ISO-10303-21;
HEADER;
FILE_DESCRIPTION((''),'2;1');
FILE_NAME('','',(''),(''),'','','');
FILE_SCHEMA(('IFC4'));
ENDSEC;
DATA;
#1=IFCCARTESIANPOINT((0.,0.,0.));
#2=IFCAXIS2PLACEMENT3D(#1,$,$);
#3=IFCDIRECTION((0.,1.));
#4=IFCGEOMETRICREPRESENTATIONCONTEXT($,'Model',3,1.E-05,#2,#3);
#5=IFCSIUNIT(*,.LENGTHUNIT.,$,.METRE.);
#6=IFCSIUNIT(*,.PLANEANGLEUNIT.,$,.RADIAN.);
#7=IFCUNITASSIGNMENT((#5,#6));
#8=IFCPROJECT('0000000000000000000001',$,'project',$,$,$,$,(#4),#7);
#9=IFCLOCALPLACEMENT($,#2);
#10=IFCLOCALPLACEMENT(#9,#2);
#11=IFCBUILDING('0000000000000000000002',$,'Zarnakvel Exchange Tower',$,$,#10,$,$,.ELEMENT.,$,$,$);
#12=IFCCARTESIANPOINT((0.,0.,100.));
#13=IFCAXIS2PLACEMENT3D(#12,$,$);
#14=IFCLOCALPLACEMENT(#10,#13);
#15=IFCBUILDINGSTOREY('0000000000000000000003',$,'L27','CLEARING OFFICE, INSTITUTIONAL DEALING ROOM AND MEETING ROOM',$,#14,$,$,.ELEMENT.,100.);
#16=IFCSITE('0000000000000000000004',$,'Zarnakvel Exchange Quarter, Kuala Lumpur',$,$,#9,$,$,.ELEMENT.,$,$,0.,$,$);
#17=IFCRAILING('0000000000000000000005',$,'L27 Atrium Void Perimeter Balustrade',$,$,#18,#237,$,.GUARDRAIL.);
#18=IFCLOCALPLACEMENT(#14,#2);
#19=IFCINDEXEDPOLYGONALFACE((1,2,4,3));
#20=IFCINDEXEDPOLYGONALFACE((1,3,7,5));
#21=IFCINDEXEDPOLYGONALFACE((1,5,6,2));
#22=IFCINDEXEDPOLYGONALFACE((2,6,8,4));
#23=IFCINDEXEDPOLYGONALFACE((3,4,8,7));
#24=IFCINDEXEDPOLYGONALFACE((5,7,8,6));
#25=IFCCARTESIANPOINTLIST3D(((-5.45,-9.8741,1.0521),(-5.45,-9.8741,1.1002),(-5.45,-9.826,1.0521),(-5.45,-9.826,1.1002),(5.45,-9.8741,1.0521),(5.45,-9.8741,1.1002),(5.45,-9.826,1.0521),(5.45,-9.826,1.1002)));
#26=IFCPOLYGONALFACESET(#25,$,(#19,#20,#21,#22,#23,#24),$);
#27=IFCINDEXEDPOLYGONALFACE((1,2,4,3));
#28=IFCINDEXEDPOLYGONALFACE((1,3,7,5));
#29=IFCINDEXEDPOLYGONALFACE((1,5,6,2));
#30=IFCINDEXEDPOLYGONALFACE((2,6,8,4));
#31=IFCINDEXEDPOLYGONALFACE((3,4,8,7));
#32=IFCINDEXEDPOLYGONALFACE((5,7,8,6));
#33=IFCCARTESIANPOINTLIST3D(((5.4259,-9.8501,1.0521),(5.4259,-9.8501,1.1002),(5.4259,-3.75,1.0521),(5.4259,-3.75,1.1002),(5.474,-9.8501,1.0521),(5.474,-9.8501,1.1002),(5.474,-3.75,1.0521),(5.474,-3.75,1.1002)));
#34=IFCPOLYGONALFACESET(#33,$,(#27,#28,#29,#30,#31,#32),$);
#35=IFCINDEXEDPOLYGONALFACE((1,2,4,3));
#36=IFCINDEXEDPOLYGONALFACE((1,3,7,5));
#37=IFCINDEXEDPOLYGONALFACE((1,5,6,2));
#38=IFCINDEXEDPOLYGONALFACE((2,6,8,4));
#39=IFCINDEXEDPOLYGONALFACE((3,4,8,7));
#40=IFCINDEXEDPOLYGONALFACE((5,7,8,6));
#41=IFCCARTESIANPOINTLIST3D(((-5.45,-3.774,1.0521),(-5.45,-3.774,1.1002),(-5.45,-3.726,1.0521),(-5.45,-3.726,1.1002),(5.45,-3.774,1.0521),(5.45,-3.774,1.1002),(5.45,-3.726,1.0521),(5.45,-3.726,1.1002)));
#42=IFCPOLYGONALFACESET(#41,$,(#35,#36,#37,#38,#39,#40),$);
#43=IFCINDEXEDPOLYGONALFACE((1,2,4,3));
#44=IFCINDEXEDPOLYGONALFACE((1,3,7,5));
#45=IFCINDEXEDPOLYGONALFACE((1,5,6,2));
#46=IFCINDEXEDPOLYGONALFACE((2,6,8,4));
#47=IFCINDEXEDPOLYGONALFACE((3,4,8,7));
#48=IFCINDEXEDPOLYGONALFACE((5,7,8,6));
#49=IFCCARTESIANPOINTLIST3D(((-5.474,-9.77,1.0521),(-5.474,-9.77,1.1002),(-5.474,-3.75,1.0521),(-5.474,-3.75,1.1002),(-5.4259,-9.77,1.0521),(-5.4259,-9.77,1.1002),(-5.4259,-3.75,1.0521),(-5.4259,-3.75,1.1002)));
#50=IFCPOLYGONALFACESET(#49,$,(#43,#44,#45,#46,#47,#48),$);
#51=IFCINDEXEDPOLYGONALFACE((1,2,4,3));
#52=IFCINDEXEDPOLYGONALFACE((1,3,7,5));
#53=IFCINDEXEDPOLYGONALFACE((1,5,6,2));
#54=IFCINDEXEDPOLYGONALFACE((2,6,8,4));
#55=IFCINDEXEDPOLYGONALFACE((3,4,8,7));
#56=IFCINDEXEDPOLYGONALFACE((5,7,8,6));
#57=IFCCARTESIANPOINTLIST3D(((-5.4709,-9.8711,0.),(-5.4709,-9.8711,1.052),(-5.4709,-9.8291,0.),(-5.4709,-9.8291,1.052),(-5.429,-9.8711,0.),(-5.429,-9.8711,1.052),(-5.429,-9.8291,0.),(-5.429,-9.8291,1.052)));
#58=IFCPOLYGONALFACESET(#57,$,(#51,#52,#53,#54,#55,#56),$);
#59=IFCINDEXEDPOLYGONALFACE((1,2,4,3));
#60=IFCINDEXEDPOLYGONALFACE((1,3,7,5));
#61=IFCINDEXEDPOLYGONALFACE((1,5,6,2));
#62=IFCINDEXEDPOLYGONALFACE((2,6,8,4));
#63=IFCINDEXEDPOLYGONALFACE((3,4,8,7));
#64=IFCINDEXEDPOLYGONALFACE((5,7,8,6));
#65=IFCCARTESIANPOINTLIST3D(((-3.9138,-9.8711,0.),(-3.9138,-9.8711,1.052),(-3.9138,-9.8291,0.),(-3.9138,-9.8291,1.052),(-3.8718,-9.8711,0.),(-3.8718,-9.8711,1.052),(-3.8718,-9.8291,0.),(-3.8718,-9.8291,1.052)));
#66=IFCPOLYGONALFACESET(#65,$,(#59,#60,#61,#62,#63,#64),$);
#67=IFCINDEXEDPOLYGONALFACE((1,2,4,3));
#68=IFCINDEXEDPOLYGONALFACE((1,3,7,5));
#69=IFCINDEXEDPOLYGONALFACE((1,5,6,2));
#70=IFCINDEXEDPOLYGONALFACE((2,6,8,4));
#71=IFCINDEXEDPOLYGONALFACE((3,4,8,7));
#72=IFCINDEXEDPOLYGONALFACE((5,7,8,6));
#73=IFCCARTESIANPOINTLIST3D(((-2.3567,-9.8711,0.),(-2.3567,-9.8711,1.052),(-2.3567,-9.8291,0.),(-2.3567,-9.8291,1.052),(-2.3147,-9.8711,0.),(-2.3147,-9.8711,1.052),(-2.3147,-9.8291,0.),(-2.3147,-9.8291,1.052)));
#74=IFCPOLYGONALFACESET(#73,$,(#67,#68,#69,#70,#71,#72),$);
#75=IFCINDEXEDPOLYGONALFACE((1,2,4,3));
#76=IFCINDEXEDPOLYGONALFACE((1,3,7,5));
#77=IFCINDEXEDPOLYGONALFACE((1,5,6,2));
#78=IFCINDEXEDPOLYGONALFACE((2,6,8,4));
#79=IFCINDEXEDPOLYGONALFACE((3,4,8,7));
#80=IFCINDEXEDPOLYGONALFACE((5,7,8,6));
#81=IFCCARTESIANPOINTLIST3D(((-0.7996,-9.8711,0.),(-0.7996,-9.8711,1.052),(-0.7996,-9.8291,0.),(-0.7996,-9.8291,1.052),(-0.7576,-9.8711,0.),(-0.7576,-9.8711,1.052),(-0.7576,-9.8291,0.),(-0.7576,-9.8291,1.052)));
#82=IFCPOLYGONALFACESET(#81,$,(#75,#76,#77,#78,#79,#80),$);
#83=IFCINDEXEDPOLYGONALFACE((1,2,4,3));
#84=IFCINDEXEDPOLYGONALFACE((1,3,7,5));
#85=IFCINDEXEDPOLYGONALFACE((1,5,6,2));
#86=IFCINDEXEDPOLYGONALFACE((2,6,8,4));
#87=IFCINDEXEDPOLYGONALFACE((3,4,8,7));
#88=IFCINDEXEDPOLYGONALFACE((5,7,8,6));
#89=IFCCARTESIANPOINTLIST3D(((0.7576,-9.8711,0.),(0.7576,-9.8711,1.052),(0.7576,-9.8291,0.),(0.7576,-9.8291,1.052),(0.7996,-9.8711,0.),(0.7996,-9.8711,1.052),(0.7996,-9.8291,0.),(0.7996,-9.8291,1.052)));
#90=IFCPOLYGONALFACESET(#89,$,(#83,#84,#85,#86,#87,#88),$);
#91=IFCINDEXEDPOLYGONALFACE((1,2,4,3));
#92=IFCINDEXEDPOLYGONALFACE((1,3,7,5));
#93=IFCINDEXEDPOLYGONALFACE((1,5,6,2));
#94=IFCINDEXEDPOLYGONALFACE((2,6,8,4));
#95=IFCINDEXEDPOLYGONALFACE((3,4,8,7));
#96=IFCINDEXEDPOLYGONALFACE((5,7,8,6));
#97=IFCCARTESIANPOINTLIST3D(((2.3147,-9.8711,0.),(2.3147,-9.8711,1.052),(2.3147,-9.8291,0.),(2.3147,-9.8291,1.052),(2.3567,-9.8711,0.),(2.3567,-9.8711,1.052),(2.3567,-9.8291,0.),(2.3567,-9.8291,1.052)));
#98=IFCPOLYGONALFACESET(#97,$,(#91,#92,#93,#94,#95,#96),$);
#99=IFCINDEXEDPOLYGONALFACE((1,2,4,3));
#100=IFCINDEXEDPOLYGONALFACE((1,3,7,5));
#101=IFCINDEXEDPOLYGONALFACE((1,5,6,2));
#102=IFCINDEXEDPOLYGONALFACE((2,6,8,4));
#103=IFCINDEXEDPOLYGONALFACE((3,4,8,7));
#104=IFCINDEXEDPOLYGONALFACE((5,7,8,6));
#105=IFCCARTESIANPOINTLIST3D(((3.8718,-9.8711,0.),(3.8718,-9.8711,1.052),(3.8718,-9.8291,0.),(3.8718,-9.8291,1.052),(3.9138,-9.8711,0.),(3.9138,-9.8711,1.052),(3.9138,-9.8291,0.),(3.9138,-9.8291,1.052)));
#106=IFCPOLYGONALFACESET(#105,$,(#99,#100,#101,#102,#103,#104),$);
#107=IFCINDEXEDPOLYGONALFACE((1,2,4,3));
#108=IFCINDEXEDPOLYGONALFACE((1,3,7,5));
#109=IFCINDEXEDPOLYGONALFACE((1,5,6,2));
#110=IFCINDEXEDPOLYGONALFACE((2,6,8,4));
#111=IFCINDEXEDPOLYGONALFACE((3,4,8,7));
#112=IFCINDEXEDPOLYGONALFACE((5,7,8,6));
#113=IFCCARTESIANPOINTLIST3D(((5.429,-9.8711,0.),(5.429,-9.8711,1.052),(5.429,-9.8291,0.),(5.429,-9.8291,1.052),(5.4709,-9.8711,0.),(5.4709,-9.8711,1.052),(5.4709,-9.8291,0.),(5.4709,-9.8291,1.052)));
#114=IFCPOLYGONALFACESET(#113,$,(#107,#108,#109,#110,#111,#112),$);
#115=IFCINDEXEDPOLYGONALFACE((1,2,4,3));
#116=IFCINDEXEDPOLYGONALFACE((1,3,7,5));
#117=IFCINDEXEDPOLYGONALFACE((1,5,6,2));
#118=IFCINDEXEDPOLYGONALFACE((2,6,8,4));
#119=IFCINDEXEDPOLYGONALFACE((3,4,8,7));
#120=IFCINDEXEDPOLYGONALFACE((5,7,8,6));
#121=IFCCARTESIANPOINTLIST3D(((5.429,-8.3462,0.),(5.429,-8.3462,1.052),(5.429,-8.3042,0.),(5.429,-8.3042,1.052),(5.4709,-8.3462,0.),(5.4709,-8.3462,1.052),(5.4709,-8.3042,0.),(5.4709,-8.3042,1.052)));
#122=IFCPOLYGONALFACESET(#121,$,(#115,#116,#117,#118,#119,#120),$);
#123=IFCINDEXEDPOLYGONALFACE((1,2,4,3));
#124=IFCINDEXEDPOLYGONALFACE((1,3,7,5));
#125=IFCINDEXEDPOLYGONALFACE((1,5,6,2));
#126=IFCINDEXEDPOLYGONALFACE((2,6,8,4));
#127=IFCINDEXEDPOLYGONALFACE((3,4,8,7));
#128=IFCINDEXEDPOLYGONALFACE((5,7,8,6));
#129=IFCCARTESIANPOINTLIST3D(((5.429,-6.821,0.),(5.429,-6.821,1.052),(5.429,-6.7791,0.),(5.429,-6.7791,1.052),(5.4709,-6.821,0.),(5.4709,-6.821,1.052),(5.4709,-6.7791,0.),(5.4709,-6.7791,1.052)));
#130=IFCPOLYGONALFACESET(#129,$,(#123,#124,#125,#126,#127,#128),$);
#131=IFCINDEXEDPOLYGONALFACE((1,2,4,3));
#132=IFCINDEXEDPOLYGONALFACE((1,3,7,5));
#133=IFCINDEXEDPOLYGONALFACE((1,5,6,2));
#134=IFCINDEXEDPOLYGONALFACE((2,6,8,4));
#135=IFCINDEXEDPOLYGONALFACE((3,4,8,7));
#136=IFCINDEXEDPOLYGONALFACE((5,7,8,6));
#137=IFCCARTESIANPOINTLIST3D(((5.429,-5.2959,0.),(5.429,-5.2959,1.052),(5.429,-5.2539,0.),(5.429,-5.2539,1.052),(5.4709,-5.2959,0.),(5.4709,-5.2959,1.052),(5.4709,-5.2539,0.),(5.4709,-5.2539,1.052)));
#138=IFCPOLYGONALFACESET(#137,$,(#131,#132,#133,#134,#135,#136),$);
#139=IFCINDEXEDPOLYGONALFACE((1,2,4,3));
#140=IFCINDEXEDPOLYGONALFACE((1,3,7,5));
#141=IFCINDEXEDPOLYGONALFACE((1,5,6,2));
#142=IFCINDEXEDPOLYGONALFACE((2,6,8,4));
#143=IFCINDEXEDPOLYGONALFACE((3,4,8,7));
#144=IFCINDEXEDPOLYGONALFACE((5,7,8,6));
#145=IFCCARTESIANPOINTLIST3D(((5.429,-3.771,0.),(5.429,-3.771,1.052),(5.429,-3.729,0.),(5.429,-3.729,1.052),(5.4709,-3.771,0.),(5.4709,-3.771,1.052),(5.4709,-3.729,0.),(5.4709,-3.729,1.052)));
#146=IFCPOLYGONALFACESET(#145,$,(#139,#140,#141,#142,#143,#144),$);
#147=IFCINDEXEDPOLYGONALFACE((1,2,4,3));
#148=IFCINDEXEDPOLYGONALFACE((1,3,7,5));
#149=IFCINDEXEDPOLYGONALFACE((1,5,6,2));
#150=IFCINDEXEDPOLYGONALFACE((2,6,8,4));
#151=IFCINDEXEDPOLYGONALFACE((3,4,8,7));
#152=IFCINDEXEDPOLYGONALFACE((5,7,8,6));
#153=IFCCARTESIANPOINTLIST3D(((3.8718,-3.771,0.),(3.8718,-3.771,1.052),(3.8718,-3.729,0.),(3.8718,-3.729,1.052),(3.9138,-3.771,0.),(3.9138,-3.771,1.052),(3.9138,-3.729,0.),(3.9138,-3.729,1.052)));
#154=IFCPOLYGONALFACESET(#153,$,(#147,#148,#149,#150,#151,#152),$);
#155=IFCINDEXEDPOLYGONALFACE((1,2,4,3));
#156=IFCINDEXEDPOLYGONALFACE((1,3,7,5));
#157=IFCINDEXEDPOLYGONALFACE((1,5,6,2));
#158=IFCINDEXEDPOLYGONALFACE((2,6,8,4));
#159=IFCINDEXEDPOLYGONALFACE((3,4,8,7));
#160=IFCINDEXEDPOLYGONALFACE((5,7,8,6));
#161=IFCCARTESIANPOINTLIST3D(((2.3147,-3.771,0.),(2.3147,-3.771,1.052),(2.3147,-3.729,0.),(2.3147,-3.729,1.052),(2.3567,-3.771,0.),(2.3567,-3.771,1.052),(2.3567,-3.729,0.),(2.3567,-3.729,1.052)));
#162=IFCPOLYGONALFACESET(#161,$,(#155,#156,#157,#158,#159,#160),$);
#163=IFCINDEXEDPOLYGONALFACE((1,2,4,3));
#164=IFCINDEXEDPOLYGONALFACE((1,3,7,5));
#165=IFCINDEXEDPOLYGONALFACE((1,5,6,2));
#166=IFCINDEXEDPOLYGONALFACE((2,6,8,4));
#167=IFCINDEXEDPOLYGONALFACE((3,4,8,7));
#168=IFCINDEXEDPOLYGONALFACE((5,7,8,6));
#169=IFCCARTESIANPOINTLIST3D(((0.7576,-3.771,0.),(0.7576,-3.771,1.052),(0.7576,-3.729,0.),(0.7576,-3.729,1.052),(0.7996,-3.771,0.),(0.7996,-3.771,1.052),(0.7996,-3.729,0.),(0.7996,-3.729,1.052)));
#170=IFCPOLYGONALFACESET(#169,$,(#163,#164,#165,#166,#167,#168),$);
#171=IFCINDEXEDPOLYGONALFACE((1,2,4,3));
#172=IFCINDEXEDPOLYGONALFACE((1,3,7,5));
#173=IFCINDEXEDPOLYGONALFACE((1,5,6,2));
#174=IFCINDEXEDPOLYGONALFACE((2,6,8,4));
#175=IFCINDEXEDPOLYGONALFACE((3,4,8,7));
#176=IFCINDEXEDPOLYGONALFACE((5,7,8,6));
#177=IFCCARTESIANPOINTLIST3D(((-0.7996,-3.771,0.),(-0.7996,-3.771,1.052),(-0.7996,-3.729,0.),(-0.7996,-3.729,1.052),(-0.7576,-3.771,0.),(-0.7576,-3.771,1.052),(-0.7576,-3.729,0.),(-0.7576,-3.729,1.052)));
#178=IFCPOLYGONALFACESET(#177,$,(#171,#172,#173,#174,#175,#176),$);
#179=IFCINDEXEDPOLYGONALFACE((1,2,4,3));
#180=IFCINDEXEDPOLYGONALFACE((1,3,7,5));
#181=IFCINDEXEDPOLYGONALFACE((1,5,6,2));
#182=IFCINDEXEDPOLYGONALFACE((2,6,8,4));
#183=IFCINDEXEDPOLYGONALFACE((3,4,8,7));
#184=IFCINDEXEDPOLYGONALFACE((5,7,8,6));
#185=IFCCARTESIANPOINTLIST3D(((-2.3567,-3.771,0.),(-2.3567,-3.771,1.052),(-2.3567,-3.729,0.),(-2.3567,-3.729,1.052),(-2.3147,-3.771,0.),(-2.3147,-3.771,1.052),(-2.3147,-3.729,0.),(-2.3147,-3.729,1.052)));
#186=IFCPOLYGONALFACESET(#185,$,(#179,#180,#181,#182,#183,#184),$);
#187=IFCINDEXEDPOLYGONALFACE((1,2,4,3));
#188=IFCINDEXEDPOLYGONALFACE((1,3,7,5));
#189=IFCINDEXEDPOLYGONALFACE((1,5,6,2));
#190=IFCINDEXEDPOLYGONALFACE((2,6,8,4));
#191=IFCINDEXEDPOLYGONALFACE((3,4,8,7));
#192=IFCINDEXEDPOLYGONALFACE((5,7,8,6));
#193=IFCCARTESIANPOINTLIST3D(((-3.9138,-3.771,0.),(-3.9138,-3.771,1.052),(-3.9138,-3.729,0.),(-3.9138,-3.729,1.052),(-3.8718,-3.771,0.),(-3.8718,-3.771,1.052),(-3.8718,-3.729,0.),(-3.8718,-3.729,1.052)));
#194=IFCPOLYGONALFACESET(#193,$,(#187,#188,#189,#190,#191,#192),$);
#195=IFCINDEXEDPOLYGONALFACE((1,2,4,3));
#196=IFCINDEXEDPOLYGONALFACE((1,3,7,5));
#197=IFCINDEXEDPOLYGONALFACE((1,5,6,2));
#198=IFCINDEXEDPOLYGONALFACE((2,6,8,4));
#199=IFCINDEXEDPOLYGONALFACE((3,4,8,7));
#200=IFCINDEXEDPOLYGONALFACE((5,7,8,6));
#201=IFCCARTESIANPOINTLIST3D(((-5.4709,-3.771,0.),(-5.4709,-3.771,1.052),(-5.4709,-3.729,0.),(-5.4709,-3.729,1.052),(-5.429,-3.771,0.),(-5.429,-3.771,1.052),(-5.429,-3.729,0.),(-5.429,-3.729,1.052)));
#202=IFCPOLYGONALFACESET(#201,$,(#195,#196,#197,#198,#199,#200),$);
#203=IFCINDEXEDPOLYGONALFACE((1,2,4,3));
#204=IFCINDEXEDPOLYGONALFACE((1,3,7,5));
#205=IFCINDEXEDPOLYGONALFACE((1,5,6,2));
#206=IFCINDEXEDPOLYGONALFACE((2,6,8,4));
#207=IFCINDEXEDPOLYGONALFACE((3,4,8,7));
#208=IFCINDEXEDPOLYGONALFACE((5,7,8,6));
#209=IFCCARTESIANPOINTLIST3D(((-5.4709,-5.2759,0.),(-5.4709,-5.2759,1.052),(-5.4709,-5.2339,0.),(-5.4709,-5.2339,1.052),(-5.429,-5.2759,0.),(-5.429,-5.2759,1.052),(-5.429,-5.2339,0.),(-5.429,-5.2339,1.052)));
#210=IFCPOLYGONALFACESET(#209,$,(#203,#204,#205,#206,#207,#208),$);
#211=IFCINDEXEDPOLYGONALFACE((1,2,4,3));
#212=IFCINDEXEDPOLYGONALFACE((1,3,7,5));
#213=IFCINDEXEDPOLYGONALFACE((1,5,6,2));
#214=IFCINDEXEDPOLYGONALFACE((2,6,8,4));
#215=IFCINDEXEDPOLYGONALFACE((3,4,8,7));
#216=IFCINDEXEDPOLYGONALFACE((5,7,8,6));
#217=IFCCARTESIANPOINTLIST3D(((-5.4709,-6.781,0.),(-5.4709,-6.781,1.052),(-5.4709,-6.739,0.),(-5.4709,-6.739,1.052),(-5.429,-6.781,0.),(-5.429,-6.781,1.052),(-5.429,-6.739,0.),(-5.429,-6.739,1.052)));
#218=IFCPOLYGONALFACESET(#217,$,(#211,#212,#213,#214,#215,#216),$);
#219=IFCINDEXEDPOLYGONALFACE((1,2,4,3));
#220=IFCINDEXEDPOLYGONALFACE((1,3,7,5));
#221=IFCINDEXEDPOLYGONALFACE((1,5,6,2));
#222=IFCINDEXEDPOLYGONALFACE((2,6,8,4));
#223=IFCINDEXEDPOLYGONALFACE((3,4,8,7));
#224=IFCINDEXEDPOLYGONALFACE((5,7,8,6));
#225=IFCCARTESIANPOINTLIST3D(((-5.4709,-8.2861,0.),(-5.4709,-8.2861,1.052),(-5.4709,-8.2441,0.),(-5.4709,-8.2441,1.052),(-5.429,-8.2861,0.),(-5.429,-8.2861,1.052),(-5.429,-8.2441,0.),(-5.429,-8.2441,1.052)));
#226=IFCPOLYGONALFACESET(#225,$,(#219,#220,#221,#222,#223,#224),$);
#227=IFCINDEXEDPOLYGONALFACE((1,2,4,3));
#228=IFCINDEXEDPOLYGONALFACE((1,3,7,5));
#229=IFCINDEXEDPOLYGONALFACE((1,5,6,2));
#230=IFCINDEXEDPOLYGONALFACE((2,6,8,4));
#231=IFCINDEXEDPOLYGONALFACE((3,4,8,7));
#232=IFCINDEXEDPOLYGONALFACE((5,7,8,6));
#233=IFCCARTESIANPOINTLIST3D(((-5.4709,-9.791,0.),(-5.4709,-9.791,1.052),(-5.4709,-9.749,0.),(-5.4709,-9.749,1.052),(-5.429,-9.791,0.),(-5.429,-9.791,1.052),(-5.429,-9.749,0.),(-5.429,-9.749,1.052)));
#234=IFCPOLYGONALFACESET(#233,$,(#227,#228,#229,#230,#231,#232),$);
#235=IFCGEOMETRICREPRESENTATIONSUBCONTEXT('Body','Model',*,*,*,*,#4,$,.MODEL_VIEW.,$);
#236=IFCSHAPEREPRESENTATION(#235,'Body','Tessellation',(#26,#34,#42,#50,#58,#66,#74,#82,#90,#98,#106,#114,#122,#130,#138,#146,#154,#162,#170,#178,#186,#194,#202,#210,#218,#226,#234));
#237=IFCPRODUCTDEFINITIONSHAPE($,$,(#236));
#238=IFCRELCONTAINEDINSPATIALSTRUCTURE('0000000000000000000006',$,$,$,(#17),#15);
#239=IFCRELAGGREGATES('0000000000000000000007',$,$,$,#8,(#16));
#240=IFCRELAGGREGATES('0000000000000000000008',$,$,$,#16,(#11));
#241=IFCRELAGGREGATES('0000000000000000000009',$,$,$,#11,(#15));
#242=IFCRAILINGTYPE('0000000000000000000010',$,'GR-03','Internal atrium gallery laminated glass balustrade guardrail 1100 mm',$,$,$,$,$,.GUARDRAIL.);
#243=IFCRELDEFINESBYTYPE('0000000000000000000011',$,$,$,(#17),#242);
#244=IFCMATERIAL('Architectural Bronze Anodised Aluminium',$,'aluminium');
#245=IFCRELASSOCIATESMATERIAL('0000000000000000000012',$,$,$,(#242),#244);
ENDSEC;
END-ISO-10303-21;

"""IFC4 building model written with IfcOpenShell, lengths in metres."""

from ifc_helpers import new_model, si_unit, direction, frame, origin, origin_2d, place, context, subcontext, project, spatial, rectangle, extrude, material, type_object, element, save


model = new_model("IFC4")

# Units and contexts
model_context = context("Model", 3, precision=1e-05, world=origin(), true_north=direction((0.0, 1.0)))
body_context = subcontext(model_context, "Body", "Model", "MODEL_VIEW")
ifc_project = project(units=[si_unit("LENGTHUNIT", "METRE"), si_unit("PLANEANGLEUNIT", "RADIAN")], contexts=[model_context])

# Site, building, storey
site_placement = place(None, origin())
site = spatial("IfcSite", under=ifc_project, at=site_placement, Name="Zarnakvel Exchange Quarter, Kuala Lumpur", CompositionType="ELEMENT", RefElevation=0.0)
building_placement = place(site_placement, origin())
building = spatial("IfcBuilding", under=site, at=building_placement, Name="Zarnakvel Exchange Tower", CompositionType="ELEMENT")
storey_placement = place(building_placement, frame((0.0, 0.0, 100.0)))
storey = spatial("IfcBuildingStorey", under=building, at=storey_placement, Name="L27", Description="CLEARING OFFICE, INSTITUTIONAL DEALING ROOM AND MEETING ROOM", CompositionType="ELEMENT", Elevation=100.0)

# Railing
ifc_material_1 = material(Name="Architectural Bronze Anodised Aluminium", Category="aluminium")
railing_type = type_object("IfcRailingType", Name="GR-03", Description="Internal atrium gallery laminated glass balustrade guardrail 1100 mm", PredefinedType="GUARDRAIL", material=ifc_material_1)
railing_placement = place(storey_placement, frame((-5.45, -9.8501, 0.0)))
element("IfcRailing", 1, at=railing_placement, inside=storey, type_object=railing_type, Name="L27 Atrium Void Perimeter Balustrade", PredefinedType="GUARDRAIL", context=body_context, shape_type="SweptSolid", body=[
    extrude(rectangle(XDim=0.0481, YDim=0.0481, at=origin_2d()), frame((0.0, 0.0, 1.0762), z_axis=(1.0, 0.0, 0.0), x_axis=(0.0, 1.0, 0.0)), (0.0, 0.0, 1.0), 10.8999),
    extrude(rectangle(XDim=0.0481, YDim=0.0481, at=origin_2d()), frame((10.8999, 0.0, 1.0762), z_axis=(0.0, 1.0, 0.0), x_axis=(-1.0, 0.0, 0.0)), (0.0, 0.0, 1.0), 6.1001),
    extrude(rectangle(XDim=0.0481, YDim=0.0481, at=origin_2d()), frame((10.8999, 6.1001, 1.0762), z_axis=(-1.0, 0.0, 0.0), x_axis=(0.0, -1.0, 0.0)), (0.0, 0.0, 1.0), 10.8999),
    extrude(rectangle(XDim=0.0481, YDim=0.0481, at=origin_2d()), frame((0.0, 6.1001, 1.0762), z_axis=(0.0, -1.0, 0.0), x_axis=(1.0, 0.0, 0.0)), (0.0, 0.0, 1.0), 6.02),
    extrude(rectangle(XDim=0.042, YDim=0.042, at=origin_2d()), origin(), (0.0, 0.0, 1.0), 1.052),
    extrude(rectangle(XDim=0.042, YDim=0.042, at=origin_2d()), frame((1.5571, 0.0, 0.0)), (0.0, 0.0, 1.0), 1.052),
    extrude(rectangle(XDim=0.042, YDim=0.042, at=origin_2d()), frame((3.1143, 0.0, 0.0)), (0.0, 0.0, 1.0), 1.052),
    extrude(rectangle(XDim=0.042, YDim=0.042, at=origin_2d()), frame((4.6714, 0.0, 0.0)), (0.0, 0.0, 1.0), 1.052),
    extrude(rectangle(XDim=0.042, YDim=0.042, at=origin_2d()), frame((6.2285, 0.0, 0.0)), (0.0, 0.0, 1.0), 1.052),
    extrude(rectangle(XDim=0.042, YDim=0.042, at=origin_2d()), frame((7.7856, 0.0, 0.0)), (0.0, 0.0, 1.0), 1.052),
    extrude(rectangle(XDim=0.042, YDim=0.042, at=origin_2d()), frame((9.3428, 0.0, 0.0)), (0.0, 0.0, 1.0), 1.052),
    extrude(rectangle(XDim=0.042, YDim=0.042, at=origin_2d()), frame((10.8999, 0.0, 0.0)), (0.0, 0.0, 1.0), 1.052),
    extrude(rectangle(XDim=0.042, YDim=0.042, at=origin_2d()), frame((10.8999, 1.5249, 0.0)), (0.0, 0.0, 1.0), 1.052),
    extrude(rectangle(XDim=0.042, YDim=0.042, at=origin_2d()), frame((10.8999, 3.05, 0.0)), (0.0, 0.0, 1.0), 1.052),
    extrude(rectangle(XDim=0.042, YDim=0.042, at=origin_2d()), frame((10.8999, 4.5752, 0.0)), (0.0, 0.0, 1.0), 1.052),
    extrude(rectangle(XDim=0.042, YDim=0.042, at=origin_2d()), frame((10.8999, 6.1001, 0.0)), (0.0, 0.0, 1.0), 1.052),
    extrude(rectangle(XDim=0.042, YDim=0.042, at=origin_2d()), frame((9.3428, 6.1001, 0.0)), (0.0, 0.0, 1.0), 1.052),
    extrude(rectangle(XDim=0.042, YDim=0.042, at=origin_2d()), frame((7.7856, 6.1001, 0.0)), (0.0, 0.0, 1.0), 1.052),
    extrude(rectangle(XDim=0.042, YDim=0.042, at=origin_2d()), frame((6.2285, 6.1001, 0.0)), (0.0, 0.0, 1.0), 1.052),
    extrude(rectangle(XDim=0.042, YDim=0.042, at=origin_2d()), frame((4.6714, 6.1001, 0.0)), (0.0, 0.0, 1.0), 1.052),
    extrude(rectangle(XDim=0.042, YDim=0.042, at=origin_2d()), frame((3.1143, 6.1001, 0.0)), (0.0, 0.0, 1.0), 1.052),
    extrude(rectangle(XDim=0.042, YDim=0.042, at=origin_2d()), frame((1.5571, 6.1001, 0.0)), (0.0, 0.0, 1.0), 1.052),
    extrude(rectangle(XDim=0.042, YDim=0.042, at=origin_2d()), frame((0.0, 6.1001, 0.0)), (0.0, 0.0, 1.0), 1.052),
    extrude(rectangle(XDim=0.042, YDim=0.042, at=origin_2d()), frame((0.0, 4.5952, 0.0)), (0.0, 0.0, 1.0), 1.052),
    extrude(rectangle(XDim=0.042, YDim=0.042, at=origin_2d()), frame((0.0, 3.0901, 0.0)), (0.0, 0.0, 1.0), 1.052),
    extrude(rectangle(XDim=0.042, YDim=0.042, at=origin_2d()), frame((0.0, 1.585, 0.0)), (0.0, 0.0, 1.0), 1.052),
    extrude(rectangle(XDim=0.042, YDim=0.042, at=origin_2d()), frame((0.0, 0.0801, 0.0)), (0.0, 0.0, 1.0), 1.052),
])

save(model, "model.ifc")
